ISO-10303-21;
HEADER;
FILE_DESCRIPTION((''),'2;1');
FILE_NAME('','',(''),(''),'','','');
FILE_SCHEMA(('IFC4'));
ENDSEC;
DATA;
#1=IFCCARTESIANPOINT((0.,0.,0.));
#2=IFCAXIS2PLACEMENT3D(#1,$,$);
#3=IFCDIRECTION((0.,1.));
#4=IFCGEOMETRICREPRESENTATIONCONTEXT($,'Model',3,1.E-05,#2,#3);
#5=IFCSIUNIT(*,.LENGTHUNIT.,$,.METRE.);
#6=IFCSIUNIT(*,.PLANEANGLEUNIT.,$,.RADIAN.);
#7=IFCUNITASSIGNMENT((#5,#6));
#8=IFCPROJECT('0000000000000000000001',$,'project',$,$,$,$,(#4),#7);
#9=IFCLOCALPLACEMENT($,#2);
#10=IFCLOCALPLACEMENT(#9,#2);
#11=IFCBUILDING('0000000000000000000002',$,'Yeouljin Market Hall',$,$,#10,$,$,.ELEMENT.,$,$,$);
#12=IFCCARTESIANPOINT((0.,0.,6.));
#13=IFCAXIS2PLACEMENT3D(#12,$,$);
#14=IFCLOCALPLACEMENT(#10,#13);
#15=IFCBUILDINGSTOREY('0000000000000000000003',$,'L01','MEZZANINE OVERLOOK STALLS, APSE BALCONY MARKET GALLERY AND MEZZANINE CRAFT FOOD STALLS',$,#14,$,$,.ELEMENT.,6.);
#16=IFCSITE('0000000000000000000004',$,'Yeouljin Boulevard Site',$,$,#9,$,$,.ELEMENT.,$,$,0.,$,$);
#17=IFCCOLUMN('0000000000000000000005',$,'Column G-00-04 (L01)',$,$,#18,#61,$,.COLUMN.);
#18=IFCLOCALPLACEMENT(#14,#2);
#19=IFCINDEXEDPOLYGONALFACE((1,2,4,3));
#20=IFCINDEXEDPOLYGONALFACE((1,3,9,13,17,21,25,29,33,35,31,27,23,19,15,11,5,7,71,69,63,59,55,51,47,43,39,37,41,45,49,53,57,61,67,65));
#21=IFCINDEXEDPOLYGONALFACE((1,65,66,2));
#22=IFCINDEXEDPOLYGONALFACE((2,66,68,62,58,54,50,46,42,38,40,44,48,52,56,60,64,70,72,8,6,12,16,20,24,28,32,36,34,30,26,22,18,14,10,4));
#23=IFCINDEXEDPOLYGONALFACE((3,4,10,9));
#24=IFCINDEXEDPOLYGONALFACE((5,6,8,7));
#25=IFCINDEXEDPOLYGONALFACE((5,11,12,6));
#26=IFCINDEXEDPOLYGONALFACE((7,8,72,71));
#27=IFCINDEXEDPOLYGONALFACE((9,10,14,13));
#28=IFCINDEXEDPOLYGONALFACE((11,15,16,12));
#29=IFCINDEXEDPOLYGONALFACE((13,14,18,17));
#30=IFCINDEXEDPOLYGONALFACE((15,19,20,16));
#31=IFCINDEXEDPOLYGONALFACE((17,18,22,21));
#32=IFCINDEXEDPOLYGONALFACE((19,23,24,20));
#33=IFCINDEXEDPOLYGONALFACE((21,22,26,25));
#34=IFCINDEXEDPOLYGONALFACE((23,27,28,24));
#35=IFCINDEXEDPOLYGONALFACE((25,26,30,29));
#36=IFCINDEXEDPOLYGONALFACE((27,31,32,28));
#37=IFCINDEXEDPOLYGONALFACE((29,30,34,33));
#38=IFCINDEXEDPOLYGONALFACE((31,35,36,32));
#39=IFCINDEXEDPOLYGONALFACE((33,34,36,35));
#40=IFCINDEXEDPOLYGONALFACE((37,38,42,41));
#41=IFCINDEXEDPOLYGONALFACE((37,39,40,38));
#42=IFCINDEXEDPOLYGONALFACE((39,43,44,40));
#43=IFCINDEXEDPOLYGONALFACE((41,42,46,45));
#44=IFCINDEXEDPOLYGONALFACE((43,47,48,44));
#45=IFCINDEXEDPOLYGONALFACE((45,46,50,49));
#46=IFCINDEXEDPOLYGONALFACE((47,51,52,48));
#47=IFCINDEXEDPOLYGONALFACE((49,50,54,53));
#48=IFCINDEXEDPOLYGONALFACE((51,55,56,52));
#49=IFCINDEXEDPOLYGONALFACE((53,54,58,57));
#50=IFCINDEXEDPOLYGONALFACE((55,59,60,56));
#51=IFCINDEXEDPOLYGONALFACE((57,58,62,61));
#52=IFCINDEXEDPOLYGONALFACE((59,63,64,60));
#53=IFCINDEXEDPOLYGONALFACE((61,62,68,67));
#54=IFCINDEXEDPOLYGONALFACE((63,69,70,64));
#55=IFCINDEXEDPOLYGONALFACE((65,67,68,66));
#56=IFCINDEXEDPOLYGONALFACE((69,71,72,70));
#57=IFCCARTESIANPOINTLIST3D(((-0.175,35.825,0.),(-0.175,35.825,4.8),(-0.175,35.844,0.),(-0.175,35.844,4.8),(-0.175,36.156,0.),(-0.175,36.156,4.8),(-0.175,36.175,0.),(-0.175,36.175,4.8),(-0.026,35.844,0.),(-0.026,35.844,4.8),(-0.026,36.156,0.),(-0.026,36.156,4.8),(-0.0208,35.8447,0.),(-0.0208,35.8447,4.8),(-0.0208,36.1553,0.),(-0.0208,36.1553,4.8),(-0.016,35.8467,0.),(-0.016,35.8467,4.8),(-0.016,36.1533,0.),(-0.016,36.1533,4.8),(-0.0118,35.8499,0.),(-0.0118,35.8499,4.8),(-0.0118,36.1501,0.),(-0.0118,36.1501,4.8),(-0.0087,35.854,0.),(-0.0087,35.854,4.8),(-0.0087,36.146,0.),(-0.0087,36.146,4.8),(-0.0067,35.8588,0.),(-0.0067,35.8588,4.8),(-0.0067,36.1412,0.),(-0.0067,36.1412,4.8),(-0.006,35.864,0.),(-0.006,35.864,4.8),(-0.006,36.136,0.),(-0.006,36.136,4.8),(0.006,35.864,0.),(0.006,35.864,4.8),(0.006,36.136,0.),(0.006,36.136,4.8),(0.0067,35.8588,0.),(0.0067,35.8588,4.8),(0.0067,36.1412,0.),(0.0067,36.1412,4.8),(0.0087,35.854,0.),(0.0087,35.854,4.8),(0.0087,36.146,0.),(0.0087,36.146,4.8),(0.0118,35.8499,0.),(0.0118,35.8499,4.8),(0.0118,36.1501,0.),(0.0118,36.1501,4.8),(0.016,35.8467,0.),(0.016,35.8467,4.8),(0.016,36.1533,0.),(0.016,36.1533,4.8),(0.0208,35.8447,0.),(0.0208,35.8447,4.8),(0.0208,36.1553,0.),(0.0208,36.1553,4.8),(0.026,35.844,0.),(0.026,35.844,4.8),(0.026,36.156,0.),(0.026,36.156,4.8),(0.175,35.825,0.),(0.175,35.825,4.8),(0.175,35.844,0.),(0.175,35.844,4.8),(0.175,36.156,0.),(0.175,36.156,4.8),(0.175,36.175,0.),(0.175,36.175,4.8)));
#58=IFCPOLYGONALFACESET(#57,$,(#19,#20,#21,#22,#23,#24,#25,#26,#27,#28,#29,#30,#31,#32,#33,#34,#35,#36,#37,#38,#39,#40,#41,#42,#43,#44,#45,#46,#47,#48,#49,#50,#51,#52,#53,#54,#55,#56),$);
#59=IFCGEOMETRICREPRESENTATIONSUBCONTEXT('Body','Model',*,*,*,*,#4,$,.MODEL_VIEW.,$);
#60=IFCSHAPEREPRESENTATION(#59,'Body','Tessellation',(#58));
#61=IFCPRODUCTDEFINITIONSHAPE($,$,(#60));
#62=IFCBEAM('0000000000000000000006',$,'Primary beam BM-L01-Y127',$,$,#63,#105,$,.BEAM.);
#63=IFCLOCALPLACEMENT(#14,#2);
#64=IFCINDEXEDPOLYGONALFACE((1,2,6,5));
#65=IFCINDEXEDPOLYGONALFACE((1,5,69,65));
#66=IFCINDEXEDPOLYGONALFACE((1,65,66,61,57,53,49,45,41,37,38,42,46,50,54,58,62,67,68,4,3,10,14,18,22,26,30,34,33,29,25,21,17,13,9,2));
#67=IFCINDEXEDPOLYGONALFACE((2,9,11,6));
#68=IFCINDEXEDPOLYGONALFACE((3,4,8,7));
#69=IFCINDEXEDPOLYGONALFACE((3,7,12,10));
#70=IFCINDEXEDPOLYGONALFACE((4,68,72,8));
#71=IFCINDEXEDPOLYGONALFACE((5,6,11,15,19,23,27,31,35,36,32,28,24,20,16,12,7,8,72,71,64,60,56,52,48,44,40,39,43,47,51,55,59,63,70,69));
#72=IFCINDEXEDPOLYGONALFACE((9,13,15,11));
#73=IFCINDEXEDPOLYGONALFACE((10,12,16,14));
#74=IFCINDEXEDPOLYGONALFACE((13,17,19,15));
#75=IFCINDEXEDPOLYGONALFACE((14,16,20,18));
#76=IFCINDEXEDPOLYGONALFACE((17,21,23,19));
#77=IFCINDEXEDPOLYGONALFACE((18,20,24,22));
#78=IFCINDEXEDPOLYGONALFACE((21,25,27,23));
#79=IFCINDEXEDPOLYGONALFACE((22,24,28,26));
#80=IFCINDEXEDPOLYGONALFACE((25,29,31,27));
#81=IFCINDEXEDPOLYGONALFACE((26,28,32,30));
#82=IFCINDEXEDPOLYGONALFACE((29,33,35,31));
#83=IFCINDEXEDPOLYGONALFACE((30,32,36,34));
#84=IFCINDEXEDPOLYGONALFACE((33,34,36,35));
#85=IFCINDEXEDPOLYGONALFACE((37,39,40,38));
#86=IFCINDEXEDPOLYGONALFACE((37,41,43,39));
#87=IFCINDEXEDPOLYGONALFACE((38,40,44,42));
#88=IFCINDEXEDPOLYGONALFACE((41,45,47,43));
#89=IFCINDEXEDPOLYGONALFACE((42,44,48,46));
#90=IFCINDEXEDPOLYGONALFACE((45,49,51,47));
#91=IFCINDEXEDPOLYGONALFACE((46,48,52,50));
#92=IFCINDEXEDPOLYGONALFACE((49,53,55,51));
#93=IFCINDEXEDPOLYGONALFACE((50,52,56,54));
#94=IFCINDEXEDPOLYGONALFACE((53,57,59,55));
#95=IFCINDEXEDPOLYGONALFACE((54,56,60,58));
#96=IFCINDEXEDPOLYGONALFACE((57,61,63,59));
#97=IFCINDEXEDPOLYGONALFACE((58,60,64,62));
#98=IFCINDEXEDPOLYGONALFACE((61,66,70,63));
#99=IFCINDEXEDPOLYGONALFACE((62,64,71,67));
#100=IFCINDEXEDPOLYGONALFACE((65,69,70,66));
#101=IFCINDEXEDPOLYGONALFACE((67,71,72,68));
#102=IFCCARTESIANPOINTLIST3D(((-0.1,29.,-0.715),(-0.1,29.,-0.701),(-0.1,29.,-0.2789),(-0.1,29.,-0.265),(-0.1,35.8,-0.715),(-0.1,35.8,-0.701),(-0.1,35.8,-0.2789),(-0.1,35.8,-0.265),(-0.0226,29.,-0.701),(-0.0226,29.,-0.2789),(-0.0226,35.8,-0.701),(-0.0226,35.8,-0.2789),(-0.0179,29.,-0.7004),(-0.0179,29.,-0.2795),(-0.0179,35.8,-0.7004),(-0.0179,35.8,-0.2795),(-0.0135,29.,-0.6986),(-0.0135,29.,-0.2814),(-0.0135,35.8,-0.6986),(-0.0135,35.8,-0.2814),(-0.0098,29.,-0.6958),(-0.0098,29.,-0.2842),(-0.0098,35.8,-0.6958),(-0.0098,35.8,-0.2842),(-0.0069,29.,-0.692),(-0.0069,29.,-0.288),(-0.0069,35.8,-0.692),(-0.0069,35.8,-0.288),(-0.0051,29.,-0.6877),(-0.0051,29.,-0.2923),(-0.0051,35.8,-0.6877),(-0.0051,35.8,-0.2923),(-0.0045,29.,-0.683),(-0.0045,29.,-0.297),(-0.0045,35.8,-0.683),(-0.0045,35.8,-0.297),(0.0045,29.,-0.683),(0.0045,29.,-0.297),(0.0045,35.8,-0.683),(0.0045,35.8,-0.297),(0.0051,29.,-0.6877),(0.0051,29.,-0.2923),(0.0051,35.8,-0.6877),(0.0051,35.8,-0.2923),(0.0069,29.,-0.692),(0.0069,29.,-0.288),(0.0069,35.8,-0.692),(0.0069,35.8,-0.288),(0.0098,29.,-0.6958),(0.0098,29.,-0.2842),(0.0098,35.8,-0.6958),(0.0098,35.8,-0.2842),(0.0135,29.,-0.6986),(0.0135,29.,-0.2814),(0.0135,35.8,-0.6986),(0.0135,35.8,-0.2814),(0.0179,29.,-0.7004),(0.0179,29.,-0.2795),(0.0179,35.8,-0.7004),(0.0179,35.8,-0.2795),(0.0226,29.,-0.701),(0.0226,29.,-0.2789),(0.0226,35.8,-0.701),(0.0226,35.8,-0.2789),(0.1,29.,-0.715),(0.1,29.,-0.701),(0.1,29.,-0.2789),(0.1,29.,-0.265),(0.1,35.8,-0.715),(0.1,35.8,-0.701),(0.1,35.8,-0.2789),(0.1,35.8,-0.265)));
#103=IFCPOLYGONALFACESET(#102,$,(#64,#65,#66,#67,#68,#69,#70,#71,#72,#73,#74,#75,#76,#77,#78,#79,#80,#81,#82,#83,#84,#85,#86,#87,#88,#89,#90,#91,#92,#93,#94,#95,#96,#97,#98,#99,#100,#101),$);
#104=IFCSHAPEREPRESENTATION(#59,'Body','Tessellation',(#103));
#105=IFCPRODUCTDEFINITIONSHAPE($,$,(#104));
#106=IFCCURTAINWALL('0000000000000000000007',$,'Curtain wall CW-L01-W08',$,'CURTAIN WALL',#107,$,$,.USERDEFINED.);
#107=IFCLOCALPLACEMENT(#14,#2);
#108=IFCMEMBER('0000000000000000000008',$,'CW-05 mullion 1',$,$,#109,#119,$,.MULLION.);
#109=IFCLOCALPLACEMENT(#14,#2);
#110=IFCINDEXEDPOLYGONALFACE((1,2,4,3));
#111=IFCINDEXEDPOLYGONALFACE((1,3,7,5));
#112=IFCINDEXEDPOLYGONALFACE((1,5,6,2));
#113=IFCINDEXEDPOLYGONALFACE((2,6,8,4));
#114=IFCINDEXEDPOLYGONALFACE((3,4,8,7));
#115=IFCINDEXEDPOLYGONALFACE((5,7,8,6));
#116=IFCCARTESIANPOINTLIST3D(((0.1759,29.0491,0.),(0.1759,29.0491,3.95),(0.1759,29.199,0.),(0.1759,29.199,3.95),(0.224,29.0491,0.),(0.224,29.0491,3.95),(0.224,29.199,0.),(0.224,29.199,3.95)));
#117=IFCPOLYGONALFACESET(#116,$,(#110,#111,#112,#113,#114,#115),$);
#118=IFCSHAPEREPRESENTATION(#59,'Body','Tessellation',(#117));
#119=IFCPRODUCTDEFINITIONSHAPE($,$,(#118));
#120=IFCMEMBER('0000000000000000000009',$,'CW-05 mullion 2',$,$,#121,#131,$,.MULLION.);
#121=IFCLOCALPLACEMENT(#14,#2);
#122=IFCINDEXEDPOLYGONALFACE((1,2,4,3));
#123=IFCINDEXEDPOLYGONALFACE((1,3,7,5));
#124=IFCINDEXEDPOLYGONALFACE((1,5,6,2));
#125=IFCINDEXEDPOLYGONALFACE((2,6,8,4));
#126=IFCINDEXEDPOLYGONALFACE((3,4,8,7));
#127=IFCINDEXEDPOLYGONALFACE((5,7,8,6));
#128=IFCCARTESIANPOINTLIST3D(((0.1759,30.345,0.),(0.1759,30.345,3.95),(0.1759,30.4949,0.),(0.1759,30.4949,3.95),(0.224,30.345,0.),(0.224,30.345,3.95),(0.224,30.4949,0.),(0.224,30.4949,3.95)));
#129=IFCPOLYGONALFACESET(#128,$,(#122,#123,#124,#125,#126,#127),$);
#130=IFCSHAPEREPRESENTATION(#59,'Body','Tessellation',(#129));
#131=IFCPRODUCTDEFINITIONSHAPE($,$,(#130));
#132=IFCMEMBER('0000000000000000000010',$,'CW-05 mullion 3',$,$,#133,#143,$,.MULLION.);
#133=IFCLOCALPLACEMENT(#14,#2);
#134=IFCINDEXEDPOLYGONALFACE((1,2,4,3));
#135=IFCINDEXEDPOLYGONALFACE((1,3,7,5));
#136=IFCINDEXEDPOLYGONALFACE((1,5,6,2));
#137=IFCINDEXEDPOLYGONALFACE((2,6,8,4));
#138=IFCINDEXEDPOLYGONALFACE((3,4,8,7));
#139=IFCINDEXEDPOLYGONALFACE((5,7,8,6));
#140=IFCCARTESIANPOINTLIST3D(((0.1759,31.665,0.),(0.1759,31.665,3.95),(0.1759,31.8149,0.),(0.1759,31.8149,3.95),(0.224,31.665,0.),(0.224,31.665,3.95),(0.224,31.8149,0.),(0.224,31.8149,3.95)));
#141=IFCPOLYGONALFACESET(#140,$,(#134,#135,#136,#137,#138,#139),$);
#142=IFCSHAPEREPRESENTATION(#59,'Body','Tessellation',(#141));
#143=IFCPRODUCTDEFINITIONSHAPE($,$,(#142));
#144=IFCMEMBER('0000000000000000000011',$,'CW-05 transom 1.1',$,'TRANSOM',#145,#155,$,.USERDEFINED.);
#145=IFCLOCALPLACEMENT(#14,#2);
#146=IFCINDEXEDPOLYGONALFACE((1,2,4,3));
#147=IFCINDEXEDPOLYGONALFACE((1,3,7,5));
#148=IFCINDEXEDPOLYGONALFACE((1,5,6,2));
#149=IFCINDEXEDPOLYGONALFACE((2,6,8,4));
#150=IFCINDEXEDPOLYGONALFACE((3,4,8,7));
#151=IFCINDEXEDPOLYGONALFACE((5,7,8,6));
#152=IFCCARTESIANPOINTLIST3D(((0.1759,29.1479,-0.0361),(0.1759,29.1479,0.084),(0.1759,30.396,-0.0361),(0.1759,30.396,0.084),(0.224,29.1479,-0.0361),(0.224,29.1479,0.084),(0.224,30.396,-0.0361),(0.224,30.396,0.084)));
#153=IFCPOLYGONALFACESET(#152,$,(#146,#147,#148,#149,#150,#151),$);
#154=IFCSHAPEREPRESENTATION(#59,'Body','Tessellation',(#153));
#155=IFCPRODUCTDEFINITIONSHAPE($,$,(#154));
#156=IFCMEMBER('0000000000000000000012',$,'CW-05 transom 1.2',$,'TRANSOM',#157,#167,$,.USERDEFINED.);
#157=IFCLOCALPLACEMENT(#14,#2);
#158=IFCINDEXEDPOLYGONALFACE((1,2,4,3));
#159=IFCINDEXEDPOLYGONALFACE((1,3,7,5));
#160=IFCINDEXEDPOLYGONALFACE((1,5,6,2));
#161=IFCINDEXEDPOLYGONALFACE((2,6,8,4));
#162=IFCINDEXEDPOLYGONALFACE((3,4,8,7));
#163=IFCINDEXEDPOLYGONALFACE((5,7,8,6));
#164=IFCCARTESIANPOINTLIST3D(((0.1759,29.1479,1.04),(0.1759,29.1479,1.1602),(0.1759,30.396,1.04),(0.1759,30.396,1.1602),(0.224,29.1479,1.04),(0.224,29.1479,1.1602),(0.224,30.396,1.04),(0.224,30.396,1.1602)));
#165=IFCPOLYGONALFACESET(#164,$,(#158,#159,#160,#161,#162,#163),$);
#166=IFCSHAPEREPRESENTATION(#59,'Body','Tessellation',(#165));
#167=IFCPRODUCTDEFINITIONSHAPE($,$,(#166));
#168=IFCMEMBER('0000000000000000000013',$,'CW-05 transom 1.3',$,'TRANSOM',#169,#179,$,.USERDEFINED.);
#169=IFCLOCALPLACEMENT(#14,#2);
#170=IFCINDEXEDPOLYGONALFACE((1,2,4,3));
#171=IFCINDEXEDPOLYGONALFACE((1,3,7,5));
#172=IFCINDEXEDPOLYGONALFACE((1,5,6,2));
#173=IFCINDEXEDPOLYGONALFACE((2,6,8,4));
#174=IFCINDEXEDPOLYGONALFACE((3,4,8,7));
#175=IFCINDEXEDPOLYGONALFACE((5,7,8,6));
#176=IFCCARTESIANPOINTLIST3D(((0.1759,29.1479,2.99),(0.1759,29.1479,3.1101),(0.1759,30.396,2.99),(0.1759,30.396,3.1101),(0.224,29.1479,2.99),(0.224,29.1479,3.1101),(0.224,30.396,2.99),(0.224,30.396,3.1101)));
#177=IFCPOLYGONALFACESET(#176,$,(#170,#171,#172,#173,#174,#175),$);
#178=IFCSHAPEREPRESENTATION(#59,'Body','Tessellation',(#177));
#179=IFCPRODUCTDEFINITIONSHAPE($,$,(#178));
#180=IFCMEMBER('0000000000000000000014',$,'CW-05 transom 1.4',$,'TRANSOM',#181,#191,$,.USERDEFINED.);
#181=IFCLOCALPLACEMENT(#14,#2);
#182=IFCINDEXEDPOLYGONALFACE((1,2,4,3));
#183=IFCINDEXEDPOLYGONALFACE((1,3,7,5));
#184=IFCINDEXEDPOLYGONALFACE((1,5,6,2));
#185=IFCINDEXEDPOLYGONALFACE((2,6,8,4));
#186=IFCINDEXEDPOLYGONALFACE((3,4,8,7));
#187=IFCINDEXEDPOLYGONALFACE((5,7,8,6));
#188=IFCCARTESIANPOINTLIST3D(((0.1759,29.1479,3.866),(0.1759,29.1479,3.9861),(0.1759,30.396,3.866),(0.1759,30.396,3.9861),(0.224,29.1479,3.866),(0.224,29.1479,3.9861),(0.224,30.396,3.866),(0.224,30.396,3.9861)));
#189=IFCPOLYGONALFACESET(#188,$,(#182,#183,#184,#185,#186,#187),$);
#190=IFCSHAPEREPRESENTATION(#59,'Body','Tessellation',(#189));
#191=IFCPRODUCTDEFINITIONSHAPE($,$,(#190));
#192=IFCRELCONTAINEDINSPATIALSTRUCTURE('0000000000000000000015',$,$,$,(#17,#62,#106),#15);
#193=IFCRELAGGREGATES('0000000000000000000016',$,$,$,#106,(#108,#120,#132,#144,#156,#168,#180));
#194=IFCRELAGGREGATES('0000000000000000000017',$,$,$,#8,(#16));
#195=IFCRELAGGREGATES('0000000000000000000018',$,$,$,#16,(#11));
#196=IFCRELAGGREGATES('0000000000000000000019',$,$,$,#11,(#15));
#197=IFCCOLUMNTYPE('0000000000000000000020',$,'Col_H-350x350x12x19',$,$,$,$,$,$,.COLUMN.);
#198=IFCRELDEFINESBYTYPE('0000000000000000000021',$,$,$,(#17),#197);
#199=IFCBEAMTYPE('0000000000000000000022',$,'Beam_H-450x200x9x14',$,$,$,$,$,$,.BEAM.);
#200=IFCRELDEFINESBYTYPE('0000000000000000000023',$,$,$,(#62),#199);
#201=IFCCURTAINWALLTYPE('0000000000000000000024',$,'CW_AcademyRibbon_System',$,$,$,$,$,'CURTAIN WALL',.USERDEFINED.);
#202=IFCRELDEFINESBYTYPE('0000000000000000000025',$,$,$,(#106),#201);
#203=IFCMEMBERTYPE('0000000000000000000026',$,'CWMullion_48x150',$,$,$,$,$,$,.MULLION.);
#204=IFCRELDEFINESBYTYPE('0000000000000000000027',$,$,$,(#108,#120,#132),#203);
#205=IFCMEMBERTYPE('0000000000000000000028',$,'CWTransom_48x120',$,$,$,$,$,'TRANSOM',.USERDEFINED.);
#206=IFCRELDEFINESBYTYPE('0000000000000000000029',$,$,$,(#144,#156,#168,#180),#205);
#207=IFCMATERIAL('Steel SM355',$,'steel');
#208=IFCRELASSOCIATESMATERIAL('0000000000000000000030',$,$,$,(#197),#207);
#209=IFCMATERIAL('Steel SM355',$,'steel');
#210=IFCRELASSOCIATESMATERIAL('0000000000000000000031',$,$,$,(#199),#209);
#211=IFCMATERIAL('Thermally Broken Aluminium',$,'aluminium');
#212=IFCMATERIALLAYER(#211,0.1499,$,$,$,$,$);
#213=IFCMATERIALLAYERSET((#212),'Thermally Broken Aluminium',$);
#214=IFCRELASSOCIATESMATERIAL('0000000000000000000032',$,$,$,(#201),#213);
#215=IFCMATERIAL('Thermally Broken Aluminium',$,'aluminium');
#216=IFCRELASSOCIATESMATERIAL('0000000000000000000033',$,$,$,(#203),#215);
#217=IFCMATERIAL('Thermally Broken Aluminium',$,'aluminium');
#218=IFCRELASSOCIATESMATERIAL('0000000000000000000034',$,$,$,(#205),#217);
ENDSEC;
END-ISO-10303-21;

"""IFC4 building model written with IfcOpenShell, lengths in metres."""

from ifc_helpers import new_model, si_unit, direction, frame, origin, origin_2d, place, context, subcontext, project, spatial, rectangle, i_section, extrude, material, layer, layer_set, material_profile, profile_set, type_object, element, aggregate, save


model = new_model("IFC4")

# Units and contexts
model_context = context("Model", 3, precision=1e-05, world=origin(), true_north=direction((0.0, 1.0)))
body_context = subcontext(model_context, "Body", "Model", "MODEL_VIEW")
ifc_project = project(units=[si_unit("LENGTHUNIT", "METRE"), si_unit("PLANEANGLEUNIT", "RADIAN")], contexts=[model_context])

# Site, building, storey
site_placement = place(None, origin())
site = spatial("IfcSite", under=ifc_project, at=site_placement, Name="Yeouljin Boulevard Site", CompositionType="ELEMENT", RefElevation=0.0)
building_placement = place(site_placement, origin())
building = spatial("IfcBuilding", under=site, at=building_placement, Name="Yeouljin Market Hall", CompositionType="ELEMENT")
storey_placement = place(building_placement, frame((0.0, 0.0, 6.0)))
storey = spatial("IfcBuildingStorey", under=building, at=storey_placement, Name="L01", Description="MEZZANINE OVERLOOK STALLS, APSE BALCONY MARKET GALLERY AND MEZZANINE CRAFT FOOD STALLS", CompositionType="ELEMENT", Elevation=6.0)

# Column
ifc_material_1 = material(Name="Steel SM355", Category="steel")
ifc_material_profile_1 = material_profile(ifc_material_1, i_section(OverallWidth=0.3501, OverallDepth=0.3501, WebThickness=0.012, FlangeThickness=0.019, FilletRadius=0.02, at=origin_2d()), Name="H-350x350x12x19")
ifc_profile_set_1 = profile_set([ifc_material_profile_1], Name="Steel SM355")
column_type = type_object("IfcColumnType", Name="Col_H-350x350x12x19", PredefinedType="COLUMN", material=ifc_profile_set_1)
column_placement = place(storey_placement, frame((0.0, 36.0, 0.0), z_axis=(0.0, 0.0, 1.0), x_axis=(1.0, 0.0, 0.0)))
element("IfcColumn", 1, at=column_placement, inside=storey, type_object=column_type, Name="Column G-00-04 (L01)", PredefinedType="COLUMN", context=body_context, shape_type="SweptSolid", body=[
    extrude(i_section(OverallWidth=0.3501, OverallDepth=0.3501, WebThickness=0.012, FlangeThickness=0.019, FilletRadius=0.02, at=origin_2d()), origin(), (0.0, 0.0, 1.0), 4.8),
])

# Beam
ifc_material_2 = material(Name="Steel SM355", Category="steel")
ifc_material_profile_2 = material_profile(ifc_material_2, i_section(OverallWidth=0.2, OverallDepth=0.45, WebThickness=0.009, FlangeThickness=0.0139, FilletRadius=0.0181, at=origin_2d()), Name="H-450x200x9x14")
ifc_profile_set_2 = profile_set([ifc_material_profile_2], Name="Steel SM355")
beam_type = type_object("IfcBeamType", Name="Beam_H-450x200x9x14", PredefinedType="BEAM", material=ifc_profile_set_2)
beam_placement = place(storey_placement, frame((0.0, 29.0, -0.49), z_axis=(0.0, 1.0, 0.0), x_axis=(-1.0, 0.0, 0.0)))
element("IfcBeam", 2, at=beam_placement, inside=storey, type_object=beam_type, Name="Primary beam BM-L01-Y127", PredefinedType="BEAM", context=body_context, shape_type="SweptSolid", body=[
    extrude(i_section(OverallWidth=0.2, OverallDepth=0.45, WebThickness=0.009, FlangeThickness=0.0139, FilletRadius=0.0181, at=origin_2d()), origin(), (0.0, 0.0, 1.0), 6.8),
])

# Curtain wall, members
ifc_material_3 = material(Name="Thermally Broken Aluminium", Category="aluminium")
ifc_layer_1 = layer(ifc_material_3, 0.1499)
ifc_layer_set_1 = layer_set([ifc_layer_1], Name="Thermally Broken Aluminium")
curtain_wall_type = type_object("IfcCurtainWallType", Name="CW_AcademyRibbon_System", ElementType="CURTAIN WALL", PredefinedType="USERDEFINED", material=ifc_layer_set_1)
curtain_wall_placement = place(storey_placement, origin())
curtain_wall = element("IfcCurtainWall", 3, at=curtain_wall_placement, inside=storey, type_object=curtain_wall_type, Name="Curtain wall CW-L01-W08", ObjectType="CURTAIN WALL", PredefinedType="USERDEFINED")
ifc_material_4 = material(Name="Thermally Broken Aluminium", Category="aluminium")
ifc_material_profile_3 = material_profile(ifc_material_4, rectangle(XDim=0.0481, YDim=0.1499, at=origin_2d()), Name="CW-MULL-48x150")
ifc_profile_set_3 = profile_set([ifc_material_profile_3], Name="Thermally Broken Aluminium")
member_type_1 = type_object("IfcMemberType", Name="CWMullion_48x150", PredefinedType="MULLION", material=ifc_profile_set_3)
member_1_placement = place(storey_placement, frame((0.2, 29.124, 0.0), z_axis=(0.0, 0.0, 1.0), x_axis=(-1.0, 0.0, 0.0)))
member_1 = element("IfcMember", 4, at=member_1_placement, type_object=member_type_1, Name="CW-05 mullion 1", PredefinedType="MULLION", context=body_context, shape_type="SweptSolid", body=[
    extrude(rectangle(XDim=0.0481, YDim=0.1499, at=origin_2d()), origin(), (0.0, 0.0, 1.0), 3.95),
])
member_2_placement = place(storey_placement, frame((0.2, 30.4199, 0.0), z_axis=(0.0, 0.0, 1.0), x_axis=(-1.0, 0.0, 0.0)))
member_2 = element("IfcMember", 5, at=member_2_placement, type_object=member_type_1, Name="CW-05 mullion 2", PredefinedType="MULLION", context=body_context, shape_type="SweptSolid", body=[
    extrude(rectangle(XDim=0.0481, YDim=0.1499, at=origin_2d()), origin(), (0.0, 0.0, 1.0), 3.95),
])
member_3_placement = place(storey_placement, frame((0.2, 31.74, 0.0), z_axis=(0.0, 0.0, 1.0), x_axis=(-1.0, 0.0, 0.0)))
member_3 = element("IfcMember", 6, at=member_3_placement, type_object=member_type_1, Name="CW-05 mullion 3", PredefinedType="MULLION", context=body_context, shape_type="SweptSolid", body=[
    extrude(rectangle(XDim=0.0481, YDim=0.1499, at=origin_2d()), origin(), (0.0, 0.0, 1.0), 3.95),
])
ifc_material_5 = material(Name="Thermally Broken Aluminium", Category="aluminium")
ifc_material_profile_4 = material_profile(ifc_material_5, rectangle(XDim=0.0481, YDim=0.1201, at=origin_2d()), Name="CW-TRAN-48x120")
ifc_profile_set_4 = profile_set([ifc_material_profile_4], Name="Thermally Broken Aluminium")
member_type_2 = type_object("IfcMemberType", Name="CWTransom_48x120", ElementType="TRANSOM", PredefinedType="USERDEFINED", material=ifc_profile_set_4)
member_4_placement = place(storey_placement, frame((0.2, 29.1479, 0.0239), z_axis=(0.0, 1.0, 0.0), x_axis=(-1.0, 0.0, 0.0)))
member_4 = element("IfcMember", 7, at=member_4_placement, type_object=member_type_2, Name="CW-05 transom 1.1", ObjectType="TRANSOM", PredefinedType="USERDEFINED", context=body_context, shape_type="SweptSolid", body=[
    extrude(rectangle(XDim=0.0481, YDim=0.1201, at=origin_2d()), origin(), (0.0, 0.0, 1.0), 1.248),
])
member_5_placement = place(storey_placement, frame((0.2, 29.1479, 1.1001), z_axis=(0.0, 1.0, 0.0), x_axis=(-1.0, 0.0, 0.0)))
member_5 = element("IfcMember", 8, at=member_5_placement, type_object=member_type_2, Name="CW-05 transom 1.2", ObjectType="TRANSOM", PredefinedType="USERDEFINED", context=body_context, shape_type="SweptSolid", body=[
    extrude(rectangle(XDim=0.0481, YDim=0.1201, at=origin_2d()), origin(), (0.0, 0.0, 1.0), 1.248),
])
member_6_placement = place(storey_placement, frame((0.2, 29.1479, 3.05), z_axis=(0.0, 1.0, 0.0), x_axis=(-1.0, 0.0, 0.0)))
member_6 = element("IfcMember", 9, at=member_6_placement, type_object=member_type_2, Name="CW-05 transom 1.3", ObjectType="TRANSOM", PredefinedType="USERDEFINED", context=body_context, shape_type="SweptSolid", body=[
    extrude(rectangle(XDim=0.0481, YDim=0.1201, at=origin_2d()), origin(), (0.0, 0.0, 1.0), 1.248),
])
member_7_placement = place(storey_placement, frame((0.2, 29.1479, 3.926), z_axis=(0.0, 1.0, 0.0), x_axis=(-1.0, 0.0, 0.0)))
member_7 = element("IfcMember", 10, at=member_7_placement, type_object=member_type_2, Name="CW-05 transom 1.4", ObjectType="TRANSOM", PredefinedType="USERDEFINED", context=body_context, shape_type="SweptSolid", body=[
    extrude(rectangle(XDim=0.0481, YDim=0.1201, at=origin_2d()), origin(), (0.0, 0.0, 1.0), 1.248),
])
aggregate(curtain_wall, [member_1, member_2, member_3, member_4, member_5, member_6, member_7])

save(model, "model.ifc")
